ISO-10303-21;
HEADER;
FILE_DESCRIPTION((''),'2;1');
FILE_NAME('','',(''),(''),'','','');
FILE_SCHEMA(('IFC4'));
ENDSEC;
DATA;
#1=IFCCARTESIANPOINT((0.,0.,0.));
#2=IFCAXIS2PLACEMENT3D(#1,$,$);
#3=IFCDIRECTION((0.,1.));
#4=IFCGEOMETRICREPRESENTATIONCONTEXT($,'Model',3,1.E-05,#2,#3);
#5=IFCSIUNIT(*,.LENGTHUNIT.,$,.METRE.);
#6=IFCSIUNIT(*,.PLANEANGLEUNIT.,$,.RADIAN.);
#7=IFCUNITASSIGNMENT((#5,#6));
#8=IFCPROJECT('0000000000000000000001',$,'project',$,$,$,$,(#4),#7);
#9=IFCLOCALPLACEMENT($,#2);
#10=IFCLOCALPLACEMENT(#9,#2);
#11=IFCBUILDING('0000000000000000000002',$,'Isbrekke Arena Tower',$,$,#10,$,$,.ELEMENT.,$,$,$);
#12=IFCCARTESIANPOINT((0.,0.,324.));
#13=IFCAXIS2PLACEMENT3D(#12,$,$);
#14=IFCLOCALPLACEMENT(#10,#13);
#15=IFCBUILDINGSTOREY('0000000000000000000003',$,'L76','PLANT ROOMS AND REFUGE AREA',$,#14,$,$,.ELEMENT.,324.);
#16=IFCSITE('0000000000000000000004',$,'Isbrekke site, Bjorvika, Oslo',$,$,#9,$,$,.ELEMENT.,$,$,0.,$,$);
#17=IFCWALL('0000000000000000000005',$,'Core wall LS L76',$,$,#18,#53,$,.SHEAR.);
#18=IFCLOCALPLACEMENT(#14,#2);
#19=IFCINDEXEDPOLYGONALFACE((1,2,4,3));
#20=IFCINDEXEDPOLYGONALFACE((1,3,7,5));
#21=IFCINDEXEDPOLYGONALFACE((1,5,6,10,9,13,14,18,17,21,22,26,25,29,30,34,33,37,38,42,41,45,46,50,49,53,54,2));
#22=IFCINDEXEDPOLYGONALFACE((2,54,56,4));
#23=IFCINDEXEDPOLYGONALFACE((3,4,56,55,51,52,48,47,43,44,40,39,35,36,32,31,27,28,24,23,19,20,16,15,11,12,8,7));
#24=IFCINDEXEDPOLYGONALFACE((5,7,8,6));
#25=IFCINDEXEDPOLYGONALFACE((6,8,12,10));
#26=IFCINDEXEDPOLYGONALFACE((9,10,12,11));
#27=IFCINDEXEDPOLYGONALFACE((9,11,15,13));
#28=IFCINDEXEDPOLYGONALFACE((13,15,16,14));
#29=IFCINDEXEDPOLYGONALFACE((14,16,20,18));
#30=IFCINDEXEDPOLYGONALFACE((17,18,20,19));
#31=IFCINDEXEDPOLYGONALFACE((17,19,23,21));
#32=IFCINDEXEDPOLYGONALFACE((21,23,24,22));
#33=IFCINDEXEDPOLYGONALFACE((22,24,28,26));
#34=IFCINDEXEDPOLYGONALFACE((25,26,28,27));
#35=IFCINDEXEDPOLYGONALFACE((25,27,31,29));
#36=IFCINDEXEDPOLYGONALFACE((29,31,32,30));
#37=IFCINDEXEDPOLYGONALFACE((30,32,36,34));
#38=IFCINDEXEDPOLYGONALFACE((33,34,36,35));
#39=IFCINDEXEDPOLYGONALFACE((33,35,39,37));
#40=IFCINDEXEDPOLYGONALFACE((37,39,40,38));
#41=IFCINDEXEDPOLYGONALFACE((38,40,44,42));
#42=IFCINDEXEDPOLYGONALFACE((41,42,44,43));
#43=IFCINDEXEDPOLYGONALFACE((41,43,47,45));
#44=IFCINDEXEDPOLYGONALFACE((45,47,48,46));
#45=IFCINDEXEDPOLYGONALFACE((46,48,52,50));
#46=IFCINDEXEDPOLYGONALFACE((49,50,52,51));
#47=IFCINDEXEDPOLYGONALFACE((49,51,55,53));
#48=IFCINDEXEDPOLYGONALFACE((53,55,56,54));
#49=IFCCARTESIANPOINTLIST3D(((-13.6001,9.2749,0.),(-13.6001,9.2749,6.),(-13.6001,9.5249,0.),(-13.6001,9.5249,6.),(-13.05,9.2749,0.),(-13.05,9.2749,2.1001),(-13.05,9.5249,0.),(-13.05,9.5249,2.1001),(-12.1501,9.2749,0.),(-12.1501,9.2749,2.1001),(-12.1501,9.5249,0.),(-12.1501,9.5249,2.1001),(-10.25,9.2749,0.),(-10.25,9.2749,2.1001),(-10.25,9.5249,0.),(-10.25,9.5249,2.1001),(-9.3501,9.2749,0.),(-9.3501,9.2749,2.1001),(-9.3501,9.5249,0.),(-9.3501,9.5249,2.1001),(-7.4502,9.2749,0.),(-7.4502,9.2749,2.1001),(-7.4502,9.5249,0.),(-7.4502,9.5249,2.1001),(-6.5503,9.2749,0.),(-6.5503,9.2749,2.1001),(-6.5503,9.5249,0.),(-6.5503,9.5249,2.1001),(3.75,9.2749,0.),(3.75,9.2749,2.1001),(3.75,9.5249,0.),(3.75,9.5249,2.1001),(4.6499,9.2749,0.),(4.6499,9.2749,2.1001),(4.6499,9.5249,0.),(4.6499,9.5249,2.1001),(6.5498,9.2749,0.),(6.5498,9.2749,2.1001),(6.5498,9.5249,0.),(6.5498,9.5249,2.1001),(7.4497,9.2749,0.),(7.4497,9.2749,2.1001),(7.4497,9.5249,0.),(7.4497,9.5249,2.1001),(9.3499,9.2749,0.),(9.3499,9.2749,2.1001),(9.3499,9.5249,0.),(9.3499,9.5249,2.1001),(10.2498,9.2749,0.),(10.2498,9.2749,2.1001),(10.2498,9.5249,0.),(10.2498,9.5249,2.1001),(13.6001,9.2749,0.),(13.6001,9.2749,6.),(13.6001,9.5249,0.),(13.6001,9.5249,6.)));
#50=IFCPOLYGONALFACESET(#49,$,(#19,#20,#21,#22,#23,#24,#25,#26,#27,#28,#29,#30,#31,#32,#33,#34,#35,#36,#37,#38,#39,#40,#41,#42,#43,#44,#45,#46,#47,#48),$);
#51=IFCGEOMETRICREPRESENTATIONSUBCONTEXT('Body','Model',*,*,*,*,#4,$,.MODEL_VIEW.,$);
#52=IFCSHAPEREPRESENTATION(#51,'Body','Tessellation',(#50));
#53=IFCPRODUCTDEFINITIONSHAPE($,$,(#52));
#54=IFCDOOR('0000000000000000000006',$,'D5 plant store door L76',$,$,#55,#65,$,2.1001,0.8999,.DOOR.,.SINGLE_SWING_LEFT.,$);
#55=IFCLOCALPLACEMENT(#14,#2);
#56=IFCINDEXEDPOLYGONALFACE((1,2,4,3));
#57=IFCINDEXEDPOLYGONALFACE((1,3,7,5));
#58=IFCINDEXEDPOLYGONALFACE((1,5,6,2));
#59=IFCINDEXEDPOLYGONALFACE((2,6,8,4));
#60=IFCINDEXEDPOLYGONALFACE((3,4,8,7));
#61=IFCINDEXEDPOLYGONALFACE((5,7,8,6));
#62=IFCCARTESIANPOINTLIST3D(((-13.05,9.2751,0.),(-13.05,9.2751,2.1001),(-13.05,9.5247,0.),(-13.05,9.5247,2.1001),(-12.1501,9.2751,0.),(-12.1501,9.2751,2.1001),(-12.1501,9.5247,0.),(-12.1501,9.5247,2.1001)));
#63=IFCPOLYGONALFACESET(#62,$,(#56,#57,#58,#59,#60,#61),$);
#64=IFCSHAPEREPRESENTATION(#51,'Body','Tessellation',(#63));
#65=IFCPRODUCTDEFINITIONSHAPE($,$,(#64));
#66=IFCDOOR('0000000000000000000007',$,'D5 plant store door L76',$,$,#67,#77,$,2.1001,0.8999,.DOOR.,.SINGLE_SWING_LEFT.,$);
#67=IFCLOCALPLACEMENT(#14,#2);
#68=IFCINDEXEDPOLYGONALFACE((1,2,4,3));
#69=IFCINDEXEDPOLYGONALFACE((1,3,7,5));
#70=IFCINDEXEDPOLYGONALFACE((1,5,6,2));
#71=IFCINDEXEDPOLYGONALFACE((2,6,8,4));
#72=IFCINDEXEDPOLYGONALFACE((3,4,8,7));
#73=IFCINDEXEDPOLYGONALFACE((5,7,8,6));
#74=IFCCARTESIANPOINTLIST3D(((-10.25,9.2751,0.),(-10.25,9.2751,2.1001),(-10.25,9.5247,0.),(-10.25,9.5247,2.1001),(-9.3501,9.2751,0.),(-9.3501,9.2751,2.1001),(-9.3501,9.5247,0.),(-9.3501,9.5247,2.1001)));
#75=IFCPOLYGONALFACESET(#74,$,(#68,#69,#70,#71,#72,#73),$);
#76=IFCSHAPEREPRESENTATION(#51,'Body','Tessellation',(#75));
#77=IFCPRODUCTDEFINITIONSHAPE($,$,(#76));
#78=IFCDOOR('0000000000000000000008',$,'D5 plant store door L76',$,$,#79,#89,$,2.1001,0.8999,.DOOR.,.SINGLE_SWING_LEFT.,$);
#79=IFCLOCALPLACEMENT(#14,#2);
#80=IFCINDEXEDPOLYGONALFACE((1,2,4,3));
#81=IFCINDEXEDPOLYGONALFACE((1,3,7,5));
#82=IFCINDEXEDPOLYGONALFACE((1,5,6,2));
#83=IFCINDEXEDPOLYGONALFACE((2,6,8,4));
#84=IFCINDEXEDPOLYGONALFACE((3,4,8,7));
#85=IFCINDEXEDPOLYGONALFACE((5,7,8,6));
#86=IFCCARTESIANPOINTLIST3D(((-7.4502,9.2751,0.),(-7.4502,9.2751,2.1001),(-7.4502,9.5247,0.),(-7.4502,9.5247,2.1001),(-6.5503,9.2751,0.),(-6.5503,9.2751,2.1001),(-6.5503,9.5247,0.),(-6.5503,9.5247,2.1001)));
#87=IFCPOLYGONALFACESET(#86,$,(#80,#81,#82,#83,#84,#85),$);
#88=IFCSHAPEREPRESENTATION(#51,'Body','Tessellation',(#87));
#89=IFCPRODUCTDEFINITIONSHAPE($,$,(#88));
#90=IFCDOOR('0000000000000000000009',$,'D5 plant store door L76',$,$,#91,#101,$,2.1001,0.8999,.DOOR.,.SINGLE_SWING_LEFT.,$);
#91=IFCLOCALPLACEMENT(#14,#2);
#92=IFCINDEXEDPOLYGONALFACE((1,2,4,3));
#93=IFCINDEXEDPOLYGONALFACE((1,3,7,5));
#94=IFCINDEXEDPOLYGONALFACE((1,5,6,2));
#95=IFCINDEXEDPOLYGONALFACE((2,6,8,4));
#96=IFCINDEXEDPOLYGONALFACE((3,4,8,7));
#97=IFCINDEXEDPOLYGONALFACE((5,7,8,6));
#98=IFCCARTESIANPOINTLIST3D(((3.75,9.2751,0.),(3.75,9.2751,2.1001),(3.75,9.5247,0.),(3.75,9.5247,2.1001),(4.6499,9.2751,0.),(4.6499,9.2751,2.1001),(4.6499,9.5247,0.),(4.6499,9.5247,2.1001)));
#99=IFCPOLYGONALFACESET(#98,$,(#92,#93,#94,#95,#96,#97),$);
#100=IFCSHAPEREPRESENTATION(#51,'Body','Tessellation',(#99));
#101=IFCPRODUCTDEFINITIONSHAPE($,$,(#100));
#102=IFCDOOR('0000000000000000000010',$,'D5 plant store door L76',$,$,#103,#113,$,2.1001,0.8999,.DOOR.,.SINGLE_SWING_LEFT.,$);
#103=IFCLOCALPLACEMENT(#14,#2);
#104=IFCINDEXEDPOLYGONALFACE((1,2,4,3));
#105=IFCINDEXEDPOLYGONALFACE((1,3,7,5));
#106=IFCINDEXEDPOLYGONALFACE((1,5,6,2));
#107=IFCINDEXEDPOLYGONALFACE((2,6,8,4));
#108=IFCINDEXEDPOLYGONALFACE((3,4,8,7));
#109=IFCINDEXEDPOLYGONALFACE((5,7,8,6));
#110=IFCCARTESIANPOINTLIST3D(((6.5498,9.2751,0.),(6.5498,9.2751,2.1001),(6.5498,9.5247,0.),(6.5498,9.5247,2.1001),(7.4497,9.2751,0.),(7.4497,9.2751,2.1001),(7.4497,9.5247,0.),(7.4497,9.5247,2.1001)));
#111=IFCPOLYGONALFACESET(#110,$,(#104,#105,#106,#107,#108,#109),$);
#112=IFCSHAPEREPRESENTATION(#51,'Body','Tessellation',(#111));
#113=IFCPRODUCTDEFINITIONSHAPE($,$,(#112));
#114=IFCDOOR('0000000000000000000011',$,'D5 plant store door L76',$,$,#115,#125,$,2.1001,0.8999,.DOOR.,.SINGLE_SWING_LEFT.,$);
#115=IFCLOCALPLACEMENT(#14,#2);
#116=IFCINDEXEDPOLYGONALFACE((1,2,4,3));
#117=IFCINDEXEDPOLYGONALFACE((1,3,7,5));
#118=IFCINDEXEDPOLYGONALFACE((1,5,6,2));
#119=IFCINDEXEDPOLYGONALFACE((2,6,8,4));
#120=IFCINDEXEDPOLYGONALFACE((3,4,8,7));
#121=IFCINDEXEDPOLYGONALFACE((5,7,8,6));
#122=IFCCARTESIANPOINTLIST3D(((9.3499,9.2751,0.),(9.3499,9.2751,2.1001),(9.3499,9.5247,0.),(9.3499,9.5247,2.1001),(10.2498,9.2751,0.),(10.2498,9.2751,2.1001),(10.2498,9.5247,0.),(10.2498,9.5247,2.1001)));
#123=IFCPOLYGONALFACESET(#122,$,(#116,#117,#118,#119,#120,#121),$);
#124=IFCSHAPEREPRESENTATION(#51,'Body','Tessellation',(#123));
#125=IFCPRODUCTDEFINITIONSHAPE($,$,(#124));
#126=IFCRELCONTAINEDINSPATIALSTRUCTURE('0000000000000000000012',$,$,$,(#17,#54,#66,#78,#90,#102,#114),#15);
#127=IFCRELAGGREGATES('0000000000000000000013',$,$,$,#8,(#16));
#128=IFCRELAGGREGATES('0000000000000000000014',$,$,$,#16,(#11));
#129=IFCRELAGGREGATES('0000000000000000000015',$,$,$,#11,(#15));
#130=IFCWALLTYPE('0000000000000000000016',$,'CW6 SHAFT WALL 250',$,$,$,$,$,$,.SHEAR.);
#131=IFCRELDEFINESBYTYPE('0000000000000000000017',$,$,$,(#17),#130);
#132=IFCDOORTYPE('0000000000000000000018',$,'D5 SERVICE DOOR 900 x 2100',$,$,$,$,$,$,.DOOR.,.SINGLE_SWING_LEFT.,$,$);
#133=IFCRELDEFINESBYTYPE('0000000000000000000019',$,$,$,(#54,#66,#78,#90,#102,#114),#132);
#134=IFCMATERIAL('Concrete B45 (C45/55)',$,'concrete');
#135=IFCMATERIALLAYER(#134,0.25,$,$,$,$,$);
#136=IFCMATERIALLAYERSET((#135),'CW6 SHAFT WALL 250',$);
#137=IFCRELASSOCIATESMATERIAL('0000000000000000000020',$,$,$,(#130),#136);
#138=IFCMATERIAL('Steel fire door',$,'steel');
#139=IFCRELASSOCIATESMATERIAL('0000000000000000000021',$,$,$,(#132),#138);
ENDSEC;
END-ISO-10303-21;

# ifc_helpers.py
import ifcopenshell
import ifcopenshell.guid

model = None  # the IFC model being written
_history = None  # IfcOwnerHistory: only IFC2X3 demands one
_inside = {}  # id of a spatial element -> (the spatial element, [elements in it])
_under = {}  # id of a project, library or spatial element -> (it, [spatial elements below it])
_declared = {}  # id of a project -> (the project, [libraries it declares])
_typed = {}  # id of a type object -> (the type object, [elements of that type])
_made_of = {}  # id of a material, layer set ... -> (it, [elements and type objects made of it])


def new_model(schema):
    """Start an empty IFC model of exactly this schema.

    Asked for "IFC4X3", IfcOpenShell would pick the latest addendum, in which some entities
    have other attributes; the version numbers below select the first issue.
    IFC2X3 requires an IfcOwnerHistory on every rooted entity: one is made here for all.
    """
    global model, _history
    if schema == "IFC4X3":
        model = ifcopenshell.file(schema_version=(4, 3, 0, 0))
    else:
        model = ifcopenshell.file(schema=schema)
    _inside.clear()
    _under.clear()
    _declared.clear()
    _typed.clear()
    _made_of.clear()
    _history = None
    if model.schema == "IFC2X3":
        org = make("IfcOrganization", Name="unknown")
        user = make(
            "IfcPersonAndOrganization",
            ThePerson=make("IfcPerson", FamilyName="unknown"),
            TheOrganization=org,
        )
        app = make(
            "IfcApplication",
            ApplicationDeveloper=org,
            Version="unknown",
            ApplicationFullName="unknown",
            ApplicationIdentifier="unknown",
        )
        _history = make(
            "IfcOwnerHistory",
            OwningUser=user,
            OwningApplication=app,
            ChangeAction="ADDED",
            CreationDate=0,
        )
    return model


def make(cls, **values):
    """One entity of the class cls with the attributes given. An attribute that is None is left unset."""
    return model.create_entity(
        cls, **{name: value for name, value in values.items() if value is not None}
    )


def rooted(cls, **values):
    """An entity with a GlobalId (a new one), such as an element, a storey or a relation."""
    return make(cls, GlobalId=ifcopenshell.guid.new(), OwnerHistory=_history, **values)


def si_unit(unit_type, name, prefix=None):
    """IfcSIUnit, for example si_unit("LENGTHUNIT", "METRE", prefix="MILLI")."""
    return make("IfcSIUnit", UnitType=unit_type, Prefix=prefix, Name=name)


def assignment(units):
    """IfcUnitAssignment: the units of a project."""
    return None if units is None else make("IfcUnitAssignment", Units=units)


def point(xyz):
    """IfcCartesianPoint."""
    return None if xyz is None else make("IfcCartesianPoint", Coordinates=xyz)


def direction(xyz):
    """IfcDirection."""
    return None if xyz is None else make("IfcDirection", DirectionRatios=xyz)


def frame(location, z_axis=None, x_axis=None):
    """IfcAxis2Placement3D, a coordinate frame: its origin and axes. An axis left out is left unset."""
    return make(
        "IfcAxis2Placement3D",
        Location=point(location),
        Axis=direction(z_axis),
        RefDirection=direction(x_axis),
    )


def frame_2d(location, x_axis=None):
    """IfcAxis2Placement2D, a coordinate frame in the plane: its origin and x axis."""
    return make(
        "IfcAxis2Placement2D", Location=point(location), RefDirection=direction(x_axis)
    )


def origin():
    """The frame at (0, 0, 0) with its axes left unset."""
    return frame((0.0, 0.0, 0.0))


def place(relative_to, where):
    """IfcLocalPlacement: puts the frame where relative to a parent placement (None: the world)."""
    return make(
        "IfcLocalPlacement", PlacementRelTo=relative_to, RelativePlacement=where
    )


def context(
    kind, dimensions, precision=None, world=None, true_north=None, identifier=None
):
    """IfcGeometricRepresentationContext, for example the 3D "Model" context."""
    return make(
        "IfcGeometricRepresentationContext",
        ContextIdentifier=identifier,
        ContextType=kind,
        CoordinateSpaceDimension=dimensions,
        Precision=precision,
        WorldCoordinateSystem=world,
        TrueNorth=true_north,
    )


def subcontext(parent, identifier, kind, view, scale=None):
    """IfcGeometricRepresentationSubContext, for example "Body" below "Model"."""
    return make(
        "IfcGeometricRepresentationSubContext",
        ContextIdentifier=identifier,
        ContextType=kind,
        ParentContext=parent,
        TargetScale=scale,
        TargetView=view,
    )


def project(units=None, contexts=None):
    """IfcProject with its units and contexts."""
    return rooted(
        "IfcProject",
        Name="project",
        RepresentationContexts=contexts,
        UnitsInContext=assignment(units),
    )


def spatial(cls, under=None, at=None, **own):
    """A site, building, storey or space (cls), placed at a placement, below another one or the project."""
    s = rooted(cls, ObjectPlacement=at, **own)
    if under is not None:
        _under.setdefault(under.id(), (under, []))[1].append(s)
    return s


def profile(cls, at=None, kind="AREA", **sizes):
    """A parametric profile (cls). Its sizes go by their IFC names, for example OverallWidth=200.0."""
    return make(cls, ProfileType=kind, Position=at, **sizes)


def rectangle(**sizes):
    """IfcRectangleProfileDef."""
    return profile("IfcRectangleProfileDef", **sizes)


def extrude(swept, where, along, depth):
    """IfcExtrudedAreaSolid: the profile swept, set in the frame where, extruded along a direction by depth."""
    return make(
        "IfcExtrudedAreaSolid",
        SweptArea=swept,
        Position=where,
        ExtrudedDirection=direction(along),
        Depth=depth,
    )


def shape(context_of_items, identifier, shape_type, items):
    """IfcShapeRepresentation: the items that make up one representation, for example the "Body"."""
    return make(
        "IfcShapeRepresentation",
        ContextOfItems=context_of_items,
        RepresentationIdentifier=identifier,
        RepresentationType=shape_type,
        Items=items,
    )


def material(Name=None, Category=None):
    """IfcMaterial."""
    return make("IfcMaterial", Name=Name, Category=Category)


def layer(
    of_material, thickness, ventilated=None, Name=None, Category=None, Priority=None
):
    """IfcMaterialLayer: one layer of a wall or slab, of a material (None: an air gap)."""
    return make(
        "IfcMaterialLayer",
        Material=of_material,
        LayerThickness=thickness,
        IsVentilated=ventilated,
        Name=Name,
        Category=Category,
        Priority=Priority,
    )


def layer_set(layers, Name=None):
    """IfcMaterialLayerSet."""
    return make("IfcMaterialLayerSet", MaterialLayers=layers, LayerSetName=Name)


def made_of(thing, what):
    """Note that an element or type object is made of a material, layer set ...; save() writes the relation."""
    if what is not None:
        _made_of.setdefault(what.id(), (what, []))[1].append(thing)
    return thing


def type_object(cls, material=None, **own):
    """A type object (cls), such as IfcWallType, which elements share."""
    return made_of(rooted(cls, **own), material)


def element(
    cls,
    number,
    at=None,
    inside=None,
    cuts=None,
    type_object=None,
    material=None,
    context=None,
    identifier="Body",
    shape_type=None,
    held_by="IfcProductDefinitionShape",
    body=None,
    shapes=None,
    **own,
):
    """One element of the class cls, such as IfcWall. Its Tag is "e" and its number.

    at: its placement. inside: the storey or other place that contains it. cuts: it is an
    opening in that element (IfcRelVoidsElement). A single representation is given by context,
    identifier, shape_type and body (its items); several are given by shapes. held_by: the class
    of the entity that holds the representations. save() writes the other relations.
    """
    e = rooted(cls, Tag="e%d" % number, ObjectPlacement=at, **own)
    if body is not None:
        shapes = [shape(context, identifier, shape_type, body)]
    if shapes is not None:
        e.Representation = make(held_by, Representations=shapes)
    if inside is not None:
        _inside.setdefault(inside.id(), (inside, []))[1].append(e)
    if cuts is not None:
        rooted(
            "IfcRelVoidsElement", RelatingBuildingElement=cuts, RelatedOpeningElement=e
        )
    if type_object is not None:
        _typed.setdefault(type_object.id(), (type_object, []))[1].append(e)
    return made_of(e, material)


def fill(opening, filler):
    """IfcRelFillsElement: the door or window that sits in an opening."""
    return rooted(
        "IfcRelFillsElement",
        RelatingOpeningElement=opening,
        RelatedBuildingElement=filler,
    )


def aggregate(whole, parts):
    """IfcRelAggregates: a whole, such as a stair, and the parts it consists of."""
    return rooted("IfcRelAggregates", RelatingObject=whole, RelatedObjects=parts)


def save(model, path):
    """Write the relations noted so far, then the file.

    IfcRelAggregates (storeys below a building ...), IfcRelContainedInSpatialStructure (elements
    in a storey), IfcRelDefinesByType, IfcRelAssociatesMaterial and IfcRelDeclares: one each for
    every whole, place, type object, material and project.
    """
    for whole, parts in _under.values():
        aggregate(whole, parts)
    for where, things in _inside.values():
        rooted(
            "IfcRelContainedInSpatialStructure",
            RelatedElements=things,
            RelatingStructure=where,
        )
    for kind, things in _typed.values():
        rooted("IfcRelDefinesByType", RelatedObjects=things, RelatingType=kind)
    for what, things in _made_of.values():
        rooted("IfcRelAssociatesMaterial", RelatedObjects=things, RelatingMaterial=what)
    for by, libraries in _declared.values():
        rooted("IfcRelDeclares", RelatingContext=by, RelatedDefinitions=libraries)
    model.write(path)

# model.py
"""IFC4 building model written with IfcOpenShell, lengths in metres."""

from ifc_helpers import new_model, si_unit, direction, frame, frame_2d, origin, place, context, subcontext, project, spatial, rectangle, extrude, material, layer, layer_set, type_object, element, fill, save


model = new_model("IFC4")

# Units and contexts
model_context = context("Model", 3, precision=1e-05, world=origin(), true_north=direction((0.0, 1.0)))
body_context = subcontext(model_context, "Body", "Model", "MODEL_VIEW")
ifc_project = project(units=[si_unit("LENGTHUNIT", "METRE"), si_unit("PLANEANGLEUNIT", "RADIAN")], contexts=[model_context])

# Site, building, storey
site_placement = place(None, origin())
site = spatial("IfcSite", under=ifc_project, at=site_placement, Name="Isbrekke site, Bjorvika, Oslo", CompositionType="ELEMENT", RefElevation=0.0)
building_placement = place(site_placement, origin())
building = spatial("IfcBuilding", under=site, at=building_placement, Name="Isbrekke Arena Tower", CompositionType="ELEMENT")
storey_placement = place(building_placement, frame((0.0, 0.0, 324.0)))
storey = spatial("IfcBuildingStorey", under=building, at=storey_placement, Name="L76", Description="PLANT ROOMS AND REFUGE AREA", CompositionType="ELEMENT", Elevation=324.0)

# Wall, openings, doors
ifc_material_1 = material(Name="Concrete B45 (C45/55)", Category="concrete")
ifc_layer_1 = layer(ifc_material_1, 0.25)
ifc_layer_set_1 = layer_set([ifc_layer_1], Name="CW6 SHAFT WALL 250")
wall_type_1 = type_object("IfcWallType", Name="CW6 SHAFT WALL 250", PredefinedType="SHEAR", material=ifc_layer_set_1)
wall_1_placement = place(storey_placement, frame((-13.6001, 9.3999, 0.0), z_axis=(0.0, 0.0, 1.0), x_axis=(1.0, 0.0, 0.0)))
wall_1 = element("IfcWall", 1, at=wall_1_placement, inside=storey, type_object=wall_type_1, Name="Core wall LS L76", PredefinedType="SHEAR", context=body_context, shape_type="SweptSolid", body=[
    extrude(rectangle(XDim=27.2002, YDim=0.25, at=frame_2d((13.6001, 0.0))), origin(), (0.0, 0.0, 1.0), 6.0),
])
opening_1_placement = place(wall_1_placement, frame((0.55, 0.0, 0.0)))
opening_1 = element("IfcOpeningElement", 2, at=opening_1_placement, cuts=wall_1, PredefinedType="OPENING", context=body_context, shape_type="SweptSolid", body=[
    extrude(rectangle(XDim=0.8999, YDim=2.1001, at=frame_2d((0.45, 1.05))), frame((0.0, 0.1399, 0.0), z_axis=(0.0, -1.0, 0.0), x_axis=(1.0, 0.0, 0.0)), (0.0, 0.0, 1.0), 0.2798),
])
opening_2_placement = place(wall_1_placement, frame((3.3501, 0.0, 0.0)))
opening_2 = element("IfcOpeningElement", 3, at=opening_2_placement, cuts=wall_1, PredefinedType="OPENING", context=body_context, shape_type="SweptSolid", body=[
    extrude(rectangle(XDim=0.8999, YDim=2.1001, at=frame_2d((0.45, 1.05))), frame((0.0, 0.1399, 0.0), z_axis=(0.0, -1.0, 0.0), x_axis=(1.0, 0.0, 0.0)), (0.0, 0.0, 1.0), 0.2798),
])
opening_3_placement = place(wall_1_placement, frame((6.1499, 0.0, 0.0)))
opening_3 = element("IfcOpeningElement", 4, at=opening_3_placement, cuts=wall_1, PredefinedType="OPENING", context=body_context, shape_type="SweptSolid", body=[
    extrude(rectangle(XDim=0.8999, YDim=2.1001, at=frame_2d((0.45, 1.05))), frame((0.0, 0.1399, 0.0), z_axis=(0.0, -1.0, 0.0), x_axis=(1.0, 0.0, 0.0)), (0.0, 0.0, 1.0), 0.2798),
])
opening_4_placement = place(wall_1_placement, frame((17.3501, 0.0, 0.0)))
opening_4 = element("IfcOpeningElement", 5, at=opening_4_placement, cuts=wall_1, PredefinedType="OPENING", context=body_context, shape_type="SweptSolid", body=[
    extrude(rectangle(XDim=0.8999, YDim=2.1001, at=frame_2d((0.45, 1.05))), frame((0.0, 0.1399, 0.0), z_axis=(0.0, -1.0, 0.0), x_axis=(1.0, 0.0, 0.0)), (0.0, 0.0, 1.0), 0.2798),
])
opening_5_placement = place(wall_1_placement, frame((20.1499, 0.0, 0.0)))
opening_5 = element("IfcOpeningElement", 6, at=opening_5_placement, cuts=wall_1, PredefinedType="OPENING", context=body_context, shape_type="SweptSolid", body=[
    extrude(rectangle(XDim=0.8999, YDim=2.1001, at=frame_2d((0.45, 1.05))), frame((0.0, 0.1399, 0.0), z_axis=(0.0, -1.0, 0.0), x_axis=(1.0, 0.0, 0.0)), (0.0, 0.0, 1.0), 0.2798),
])
opening_6_placement = place(wall_1_placement, frame((22.95, 0.0, 0.0)))
opening_6 = element("IfcOpeningElement", 7, at=opening_6_placement, cuts=wall_1, PredefinedType="OPENING", context=body_context, shape_type="SweptSolid", body=[
    extrude(rectangle(XDim=0.8999, YDim=2.1001, at=frame_2d((0.45, 1.05))), frame((0.0, 0.1399, 0.0), z_axis=(0.0, -1.0, 0.0), x_axis=(1.0, 0.0, 0.0)), (0.0, 0.0, 1.0), 0.2798),
])
ifc_material_2 = material(Name="Steel fire door", Category="steel")
door_type_1 = type_object("IfcDoorType", Name="D5 SERVICE DOOR 900 x 2100", OperationType="SINGLE_SWING_LEFT", PredefinedType="DOOR", material=ifc_material_2)
door_1_placement = place(opening_1_placement, origin())
door_1 = element("IfcDoor", 8, at=door_1_placement, inside=storey, type_object=door_type_1, Name="D5 plant store door L76", OperationType="SINGLE_SWING_LEFT", OverallHeight=2.1001, OverallWidth=0.8999, PredefinedType="DOOR", context=body_context, shape_type="SweptSolid", body=[
    extrude(rectangle(XDim=0.8999, YDim=2.1001, at=frame_2d((0.45, 1.05))), frame((0.0, 0.1248, 0.0), z_axis=(0.0, -1.0, 0.0), x_axis=(1.0, 0.0, 0.0)), (0.0, 0.0, 1.0), 0.2495),
])
fill(opening_1, door_1)
door_2_placement = place(opening_2_placement, origin())
door_2 = element("IfcDoor", 9, at=door_2_placement, inside=storey, type_object=door_type_1, Name="D5 plant store door L76", OperationType="SINGLE_SWING_LEFT", OverallHeight=2.1001, OverallWidth=0.8999, PredefinedType="DOOR", context=body_context, shape_type="SweptSolid", body=[
    extrude(rectangle(XDim=0.8999, YDim=2.1001, at=frame_2d((0.45, 1.05))), frame((0.0, 0.1248, 0.0), z_axis=(0.0, -1.0, 0.0), x_axis=(1.0, 0.0, 0.0)), (0.0, 0.0, 1.0), 0.2495),
])
fill(opening_2, door_2)
door_3_placement = place(opening_3_placement, origin())
door_3 = element("IfcDoor", 10, at=door_3_placement, inside=storey, type_object=door_type_1, Name="D5 plant store door L76", OperationType="SINGLE_SWING_LEFT", OverallHeight=2.1001, OverallWidth=0.8999, PredefinedType="DOOR", context=body_context, shape_type="SweptSolid", body=[
    extrude(rectangle(XDim=0.8999, YDim=2.1001, at=frame_2d((0.45, 1.05))), frame((0.0, 0.1248, 0.0), z_axis=(0.0, -1.0, 0.0), x_axis=(1.0, 0.0, 0.0)), (0.0, 0.0, 1.0), 0.2495),
])
fill(opening_3, door_3)
door_4_placement = place(opening_4_placement, origin())
door_4 = element("IfcDoor", 11, at=door_4_placement, inside=storey, type_object=door_type_1, Name="D5 plant store door L76", OperationType="SINGLE_SWING_LEFT", OverallHeight=2.1001, OverallWidth=0.8999, PredefinedType="DOOR", context=body_context, shape_type="SweptSolid", body=[
    extrude(rectangle(XDim=0.8999, YDim=2.1001, at=frame_2d((0.45, 1.05))), frame((0.0, 0.1248, 0.0), z_axis=(0.0, -1.0, 0.0), x_axis=(1.0, 0.0, 0.0)), (0.0, 0.0, 1.0), 0.2495),
])
fill(opening_4, door_4)
door_5_placement = place(opening_5_placement, origin())
door_5 = element("IfcDoor", 12, at=door_5_placement, inside=storey, type_object=door_type_1, Name="D5 plant store door L76", OperationType="SINGLE_SWING_LEFT", OverallHeight=2.1001, OverallWidth=0.8999, PredefinedType="DOOR", context=body_context, shape_type="SweptSolid", body=[
    extrude(rectangle(XDim=0.8999, YDim=2.1001, at=frame_2d((0.45, 1.05))), frame((0.0, 0.1248, 0.0), z_axis=(0.0, -1.0, 0.0), x_axis=(1.0, 0.0, 0.0)), (0.0, 0.0, 1.0), 0.2495),
])
fill(opening_5, door_5)
door_6_placement = place(opening_6_placement, origin())
door_6 = element("IfcDoor", 13, at=door_6_placement, inside=storey, type_object=door_type_1, Name="D5 plant store door L76", OperationType="SINGLE_SWING_LEFT", OverallHeight=2.1001, OverallWidth=0.8999, PredefinedType="DOOR", context=body_context, shape_type="SweptSolid", body=[
    extrude(rectangle(XDim=0.8999, YDim=2.1001, at=frame_2d((0.45, 1.05))), frame((0.0, 0.1248, 0.0), z_axis=(0.0, -1.0, 0.0), x_axis=(1.0, 0.0, 0.0)), (0.0, 0.0, 1.0), 0.2495),
])
fill(opening_6, door_6)

save(model, "model.ifc")
